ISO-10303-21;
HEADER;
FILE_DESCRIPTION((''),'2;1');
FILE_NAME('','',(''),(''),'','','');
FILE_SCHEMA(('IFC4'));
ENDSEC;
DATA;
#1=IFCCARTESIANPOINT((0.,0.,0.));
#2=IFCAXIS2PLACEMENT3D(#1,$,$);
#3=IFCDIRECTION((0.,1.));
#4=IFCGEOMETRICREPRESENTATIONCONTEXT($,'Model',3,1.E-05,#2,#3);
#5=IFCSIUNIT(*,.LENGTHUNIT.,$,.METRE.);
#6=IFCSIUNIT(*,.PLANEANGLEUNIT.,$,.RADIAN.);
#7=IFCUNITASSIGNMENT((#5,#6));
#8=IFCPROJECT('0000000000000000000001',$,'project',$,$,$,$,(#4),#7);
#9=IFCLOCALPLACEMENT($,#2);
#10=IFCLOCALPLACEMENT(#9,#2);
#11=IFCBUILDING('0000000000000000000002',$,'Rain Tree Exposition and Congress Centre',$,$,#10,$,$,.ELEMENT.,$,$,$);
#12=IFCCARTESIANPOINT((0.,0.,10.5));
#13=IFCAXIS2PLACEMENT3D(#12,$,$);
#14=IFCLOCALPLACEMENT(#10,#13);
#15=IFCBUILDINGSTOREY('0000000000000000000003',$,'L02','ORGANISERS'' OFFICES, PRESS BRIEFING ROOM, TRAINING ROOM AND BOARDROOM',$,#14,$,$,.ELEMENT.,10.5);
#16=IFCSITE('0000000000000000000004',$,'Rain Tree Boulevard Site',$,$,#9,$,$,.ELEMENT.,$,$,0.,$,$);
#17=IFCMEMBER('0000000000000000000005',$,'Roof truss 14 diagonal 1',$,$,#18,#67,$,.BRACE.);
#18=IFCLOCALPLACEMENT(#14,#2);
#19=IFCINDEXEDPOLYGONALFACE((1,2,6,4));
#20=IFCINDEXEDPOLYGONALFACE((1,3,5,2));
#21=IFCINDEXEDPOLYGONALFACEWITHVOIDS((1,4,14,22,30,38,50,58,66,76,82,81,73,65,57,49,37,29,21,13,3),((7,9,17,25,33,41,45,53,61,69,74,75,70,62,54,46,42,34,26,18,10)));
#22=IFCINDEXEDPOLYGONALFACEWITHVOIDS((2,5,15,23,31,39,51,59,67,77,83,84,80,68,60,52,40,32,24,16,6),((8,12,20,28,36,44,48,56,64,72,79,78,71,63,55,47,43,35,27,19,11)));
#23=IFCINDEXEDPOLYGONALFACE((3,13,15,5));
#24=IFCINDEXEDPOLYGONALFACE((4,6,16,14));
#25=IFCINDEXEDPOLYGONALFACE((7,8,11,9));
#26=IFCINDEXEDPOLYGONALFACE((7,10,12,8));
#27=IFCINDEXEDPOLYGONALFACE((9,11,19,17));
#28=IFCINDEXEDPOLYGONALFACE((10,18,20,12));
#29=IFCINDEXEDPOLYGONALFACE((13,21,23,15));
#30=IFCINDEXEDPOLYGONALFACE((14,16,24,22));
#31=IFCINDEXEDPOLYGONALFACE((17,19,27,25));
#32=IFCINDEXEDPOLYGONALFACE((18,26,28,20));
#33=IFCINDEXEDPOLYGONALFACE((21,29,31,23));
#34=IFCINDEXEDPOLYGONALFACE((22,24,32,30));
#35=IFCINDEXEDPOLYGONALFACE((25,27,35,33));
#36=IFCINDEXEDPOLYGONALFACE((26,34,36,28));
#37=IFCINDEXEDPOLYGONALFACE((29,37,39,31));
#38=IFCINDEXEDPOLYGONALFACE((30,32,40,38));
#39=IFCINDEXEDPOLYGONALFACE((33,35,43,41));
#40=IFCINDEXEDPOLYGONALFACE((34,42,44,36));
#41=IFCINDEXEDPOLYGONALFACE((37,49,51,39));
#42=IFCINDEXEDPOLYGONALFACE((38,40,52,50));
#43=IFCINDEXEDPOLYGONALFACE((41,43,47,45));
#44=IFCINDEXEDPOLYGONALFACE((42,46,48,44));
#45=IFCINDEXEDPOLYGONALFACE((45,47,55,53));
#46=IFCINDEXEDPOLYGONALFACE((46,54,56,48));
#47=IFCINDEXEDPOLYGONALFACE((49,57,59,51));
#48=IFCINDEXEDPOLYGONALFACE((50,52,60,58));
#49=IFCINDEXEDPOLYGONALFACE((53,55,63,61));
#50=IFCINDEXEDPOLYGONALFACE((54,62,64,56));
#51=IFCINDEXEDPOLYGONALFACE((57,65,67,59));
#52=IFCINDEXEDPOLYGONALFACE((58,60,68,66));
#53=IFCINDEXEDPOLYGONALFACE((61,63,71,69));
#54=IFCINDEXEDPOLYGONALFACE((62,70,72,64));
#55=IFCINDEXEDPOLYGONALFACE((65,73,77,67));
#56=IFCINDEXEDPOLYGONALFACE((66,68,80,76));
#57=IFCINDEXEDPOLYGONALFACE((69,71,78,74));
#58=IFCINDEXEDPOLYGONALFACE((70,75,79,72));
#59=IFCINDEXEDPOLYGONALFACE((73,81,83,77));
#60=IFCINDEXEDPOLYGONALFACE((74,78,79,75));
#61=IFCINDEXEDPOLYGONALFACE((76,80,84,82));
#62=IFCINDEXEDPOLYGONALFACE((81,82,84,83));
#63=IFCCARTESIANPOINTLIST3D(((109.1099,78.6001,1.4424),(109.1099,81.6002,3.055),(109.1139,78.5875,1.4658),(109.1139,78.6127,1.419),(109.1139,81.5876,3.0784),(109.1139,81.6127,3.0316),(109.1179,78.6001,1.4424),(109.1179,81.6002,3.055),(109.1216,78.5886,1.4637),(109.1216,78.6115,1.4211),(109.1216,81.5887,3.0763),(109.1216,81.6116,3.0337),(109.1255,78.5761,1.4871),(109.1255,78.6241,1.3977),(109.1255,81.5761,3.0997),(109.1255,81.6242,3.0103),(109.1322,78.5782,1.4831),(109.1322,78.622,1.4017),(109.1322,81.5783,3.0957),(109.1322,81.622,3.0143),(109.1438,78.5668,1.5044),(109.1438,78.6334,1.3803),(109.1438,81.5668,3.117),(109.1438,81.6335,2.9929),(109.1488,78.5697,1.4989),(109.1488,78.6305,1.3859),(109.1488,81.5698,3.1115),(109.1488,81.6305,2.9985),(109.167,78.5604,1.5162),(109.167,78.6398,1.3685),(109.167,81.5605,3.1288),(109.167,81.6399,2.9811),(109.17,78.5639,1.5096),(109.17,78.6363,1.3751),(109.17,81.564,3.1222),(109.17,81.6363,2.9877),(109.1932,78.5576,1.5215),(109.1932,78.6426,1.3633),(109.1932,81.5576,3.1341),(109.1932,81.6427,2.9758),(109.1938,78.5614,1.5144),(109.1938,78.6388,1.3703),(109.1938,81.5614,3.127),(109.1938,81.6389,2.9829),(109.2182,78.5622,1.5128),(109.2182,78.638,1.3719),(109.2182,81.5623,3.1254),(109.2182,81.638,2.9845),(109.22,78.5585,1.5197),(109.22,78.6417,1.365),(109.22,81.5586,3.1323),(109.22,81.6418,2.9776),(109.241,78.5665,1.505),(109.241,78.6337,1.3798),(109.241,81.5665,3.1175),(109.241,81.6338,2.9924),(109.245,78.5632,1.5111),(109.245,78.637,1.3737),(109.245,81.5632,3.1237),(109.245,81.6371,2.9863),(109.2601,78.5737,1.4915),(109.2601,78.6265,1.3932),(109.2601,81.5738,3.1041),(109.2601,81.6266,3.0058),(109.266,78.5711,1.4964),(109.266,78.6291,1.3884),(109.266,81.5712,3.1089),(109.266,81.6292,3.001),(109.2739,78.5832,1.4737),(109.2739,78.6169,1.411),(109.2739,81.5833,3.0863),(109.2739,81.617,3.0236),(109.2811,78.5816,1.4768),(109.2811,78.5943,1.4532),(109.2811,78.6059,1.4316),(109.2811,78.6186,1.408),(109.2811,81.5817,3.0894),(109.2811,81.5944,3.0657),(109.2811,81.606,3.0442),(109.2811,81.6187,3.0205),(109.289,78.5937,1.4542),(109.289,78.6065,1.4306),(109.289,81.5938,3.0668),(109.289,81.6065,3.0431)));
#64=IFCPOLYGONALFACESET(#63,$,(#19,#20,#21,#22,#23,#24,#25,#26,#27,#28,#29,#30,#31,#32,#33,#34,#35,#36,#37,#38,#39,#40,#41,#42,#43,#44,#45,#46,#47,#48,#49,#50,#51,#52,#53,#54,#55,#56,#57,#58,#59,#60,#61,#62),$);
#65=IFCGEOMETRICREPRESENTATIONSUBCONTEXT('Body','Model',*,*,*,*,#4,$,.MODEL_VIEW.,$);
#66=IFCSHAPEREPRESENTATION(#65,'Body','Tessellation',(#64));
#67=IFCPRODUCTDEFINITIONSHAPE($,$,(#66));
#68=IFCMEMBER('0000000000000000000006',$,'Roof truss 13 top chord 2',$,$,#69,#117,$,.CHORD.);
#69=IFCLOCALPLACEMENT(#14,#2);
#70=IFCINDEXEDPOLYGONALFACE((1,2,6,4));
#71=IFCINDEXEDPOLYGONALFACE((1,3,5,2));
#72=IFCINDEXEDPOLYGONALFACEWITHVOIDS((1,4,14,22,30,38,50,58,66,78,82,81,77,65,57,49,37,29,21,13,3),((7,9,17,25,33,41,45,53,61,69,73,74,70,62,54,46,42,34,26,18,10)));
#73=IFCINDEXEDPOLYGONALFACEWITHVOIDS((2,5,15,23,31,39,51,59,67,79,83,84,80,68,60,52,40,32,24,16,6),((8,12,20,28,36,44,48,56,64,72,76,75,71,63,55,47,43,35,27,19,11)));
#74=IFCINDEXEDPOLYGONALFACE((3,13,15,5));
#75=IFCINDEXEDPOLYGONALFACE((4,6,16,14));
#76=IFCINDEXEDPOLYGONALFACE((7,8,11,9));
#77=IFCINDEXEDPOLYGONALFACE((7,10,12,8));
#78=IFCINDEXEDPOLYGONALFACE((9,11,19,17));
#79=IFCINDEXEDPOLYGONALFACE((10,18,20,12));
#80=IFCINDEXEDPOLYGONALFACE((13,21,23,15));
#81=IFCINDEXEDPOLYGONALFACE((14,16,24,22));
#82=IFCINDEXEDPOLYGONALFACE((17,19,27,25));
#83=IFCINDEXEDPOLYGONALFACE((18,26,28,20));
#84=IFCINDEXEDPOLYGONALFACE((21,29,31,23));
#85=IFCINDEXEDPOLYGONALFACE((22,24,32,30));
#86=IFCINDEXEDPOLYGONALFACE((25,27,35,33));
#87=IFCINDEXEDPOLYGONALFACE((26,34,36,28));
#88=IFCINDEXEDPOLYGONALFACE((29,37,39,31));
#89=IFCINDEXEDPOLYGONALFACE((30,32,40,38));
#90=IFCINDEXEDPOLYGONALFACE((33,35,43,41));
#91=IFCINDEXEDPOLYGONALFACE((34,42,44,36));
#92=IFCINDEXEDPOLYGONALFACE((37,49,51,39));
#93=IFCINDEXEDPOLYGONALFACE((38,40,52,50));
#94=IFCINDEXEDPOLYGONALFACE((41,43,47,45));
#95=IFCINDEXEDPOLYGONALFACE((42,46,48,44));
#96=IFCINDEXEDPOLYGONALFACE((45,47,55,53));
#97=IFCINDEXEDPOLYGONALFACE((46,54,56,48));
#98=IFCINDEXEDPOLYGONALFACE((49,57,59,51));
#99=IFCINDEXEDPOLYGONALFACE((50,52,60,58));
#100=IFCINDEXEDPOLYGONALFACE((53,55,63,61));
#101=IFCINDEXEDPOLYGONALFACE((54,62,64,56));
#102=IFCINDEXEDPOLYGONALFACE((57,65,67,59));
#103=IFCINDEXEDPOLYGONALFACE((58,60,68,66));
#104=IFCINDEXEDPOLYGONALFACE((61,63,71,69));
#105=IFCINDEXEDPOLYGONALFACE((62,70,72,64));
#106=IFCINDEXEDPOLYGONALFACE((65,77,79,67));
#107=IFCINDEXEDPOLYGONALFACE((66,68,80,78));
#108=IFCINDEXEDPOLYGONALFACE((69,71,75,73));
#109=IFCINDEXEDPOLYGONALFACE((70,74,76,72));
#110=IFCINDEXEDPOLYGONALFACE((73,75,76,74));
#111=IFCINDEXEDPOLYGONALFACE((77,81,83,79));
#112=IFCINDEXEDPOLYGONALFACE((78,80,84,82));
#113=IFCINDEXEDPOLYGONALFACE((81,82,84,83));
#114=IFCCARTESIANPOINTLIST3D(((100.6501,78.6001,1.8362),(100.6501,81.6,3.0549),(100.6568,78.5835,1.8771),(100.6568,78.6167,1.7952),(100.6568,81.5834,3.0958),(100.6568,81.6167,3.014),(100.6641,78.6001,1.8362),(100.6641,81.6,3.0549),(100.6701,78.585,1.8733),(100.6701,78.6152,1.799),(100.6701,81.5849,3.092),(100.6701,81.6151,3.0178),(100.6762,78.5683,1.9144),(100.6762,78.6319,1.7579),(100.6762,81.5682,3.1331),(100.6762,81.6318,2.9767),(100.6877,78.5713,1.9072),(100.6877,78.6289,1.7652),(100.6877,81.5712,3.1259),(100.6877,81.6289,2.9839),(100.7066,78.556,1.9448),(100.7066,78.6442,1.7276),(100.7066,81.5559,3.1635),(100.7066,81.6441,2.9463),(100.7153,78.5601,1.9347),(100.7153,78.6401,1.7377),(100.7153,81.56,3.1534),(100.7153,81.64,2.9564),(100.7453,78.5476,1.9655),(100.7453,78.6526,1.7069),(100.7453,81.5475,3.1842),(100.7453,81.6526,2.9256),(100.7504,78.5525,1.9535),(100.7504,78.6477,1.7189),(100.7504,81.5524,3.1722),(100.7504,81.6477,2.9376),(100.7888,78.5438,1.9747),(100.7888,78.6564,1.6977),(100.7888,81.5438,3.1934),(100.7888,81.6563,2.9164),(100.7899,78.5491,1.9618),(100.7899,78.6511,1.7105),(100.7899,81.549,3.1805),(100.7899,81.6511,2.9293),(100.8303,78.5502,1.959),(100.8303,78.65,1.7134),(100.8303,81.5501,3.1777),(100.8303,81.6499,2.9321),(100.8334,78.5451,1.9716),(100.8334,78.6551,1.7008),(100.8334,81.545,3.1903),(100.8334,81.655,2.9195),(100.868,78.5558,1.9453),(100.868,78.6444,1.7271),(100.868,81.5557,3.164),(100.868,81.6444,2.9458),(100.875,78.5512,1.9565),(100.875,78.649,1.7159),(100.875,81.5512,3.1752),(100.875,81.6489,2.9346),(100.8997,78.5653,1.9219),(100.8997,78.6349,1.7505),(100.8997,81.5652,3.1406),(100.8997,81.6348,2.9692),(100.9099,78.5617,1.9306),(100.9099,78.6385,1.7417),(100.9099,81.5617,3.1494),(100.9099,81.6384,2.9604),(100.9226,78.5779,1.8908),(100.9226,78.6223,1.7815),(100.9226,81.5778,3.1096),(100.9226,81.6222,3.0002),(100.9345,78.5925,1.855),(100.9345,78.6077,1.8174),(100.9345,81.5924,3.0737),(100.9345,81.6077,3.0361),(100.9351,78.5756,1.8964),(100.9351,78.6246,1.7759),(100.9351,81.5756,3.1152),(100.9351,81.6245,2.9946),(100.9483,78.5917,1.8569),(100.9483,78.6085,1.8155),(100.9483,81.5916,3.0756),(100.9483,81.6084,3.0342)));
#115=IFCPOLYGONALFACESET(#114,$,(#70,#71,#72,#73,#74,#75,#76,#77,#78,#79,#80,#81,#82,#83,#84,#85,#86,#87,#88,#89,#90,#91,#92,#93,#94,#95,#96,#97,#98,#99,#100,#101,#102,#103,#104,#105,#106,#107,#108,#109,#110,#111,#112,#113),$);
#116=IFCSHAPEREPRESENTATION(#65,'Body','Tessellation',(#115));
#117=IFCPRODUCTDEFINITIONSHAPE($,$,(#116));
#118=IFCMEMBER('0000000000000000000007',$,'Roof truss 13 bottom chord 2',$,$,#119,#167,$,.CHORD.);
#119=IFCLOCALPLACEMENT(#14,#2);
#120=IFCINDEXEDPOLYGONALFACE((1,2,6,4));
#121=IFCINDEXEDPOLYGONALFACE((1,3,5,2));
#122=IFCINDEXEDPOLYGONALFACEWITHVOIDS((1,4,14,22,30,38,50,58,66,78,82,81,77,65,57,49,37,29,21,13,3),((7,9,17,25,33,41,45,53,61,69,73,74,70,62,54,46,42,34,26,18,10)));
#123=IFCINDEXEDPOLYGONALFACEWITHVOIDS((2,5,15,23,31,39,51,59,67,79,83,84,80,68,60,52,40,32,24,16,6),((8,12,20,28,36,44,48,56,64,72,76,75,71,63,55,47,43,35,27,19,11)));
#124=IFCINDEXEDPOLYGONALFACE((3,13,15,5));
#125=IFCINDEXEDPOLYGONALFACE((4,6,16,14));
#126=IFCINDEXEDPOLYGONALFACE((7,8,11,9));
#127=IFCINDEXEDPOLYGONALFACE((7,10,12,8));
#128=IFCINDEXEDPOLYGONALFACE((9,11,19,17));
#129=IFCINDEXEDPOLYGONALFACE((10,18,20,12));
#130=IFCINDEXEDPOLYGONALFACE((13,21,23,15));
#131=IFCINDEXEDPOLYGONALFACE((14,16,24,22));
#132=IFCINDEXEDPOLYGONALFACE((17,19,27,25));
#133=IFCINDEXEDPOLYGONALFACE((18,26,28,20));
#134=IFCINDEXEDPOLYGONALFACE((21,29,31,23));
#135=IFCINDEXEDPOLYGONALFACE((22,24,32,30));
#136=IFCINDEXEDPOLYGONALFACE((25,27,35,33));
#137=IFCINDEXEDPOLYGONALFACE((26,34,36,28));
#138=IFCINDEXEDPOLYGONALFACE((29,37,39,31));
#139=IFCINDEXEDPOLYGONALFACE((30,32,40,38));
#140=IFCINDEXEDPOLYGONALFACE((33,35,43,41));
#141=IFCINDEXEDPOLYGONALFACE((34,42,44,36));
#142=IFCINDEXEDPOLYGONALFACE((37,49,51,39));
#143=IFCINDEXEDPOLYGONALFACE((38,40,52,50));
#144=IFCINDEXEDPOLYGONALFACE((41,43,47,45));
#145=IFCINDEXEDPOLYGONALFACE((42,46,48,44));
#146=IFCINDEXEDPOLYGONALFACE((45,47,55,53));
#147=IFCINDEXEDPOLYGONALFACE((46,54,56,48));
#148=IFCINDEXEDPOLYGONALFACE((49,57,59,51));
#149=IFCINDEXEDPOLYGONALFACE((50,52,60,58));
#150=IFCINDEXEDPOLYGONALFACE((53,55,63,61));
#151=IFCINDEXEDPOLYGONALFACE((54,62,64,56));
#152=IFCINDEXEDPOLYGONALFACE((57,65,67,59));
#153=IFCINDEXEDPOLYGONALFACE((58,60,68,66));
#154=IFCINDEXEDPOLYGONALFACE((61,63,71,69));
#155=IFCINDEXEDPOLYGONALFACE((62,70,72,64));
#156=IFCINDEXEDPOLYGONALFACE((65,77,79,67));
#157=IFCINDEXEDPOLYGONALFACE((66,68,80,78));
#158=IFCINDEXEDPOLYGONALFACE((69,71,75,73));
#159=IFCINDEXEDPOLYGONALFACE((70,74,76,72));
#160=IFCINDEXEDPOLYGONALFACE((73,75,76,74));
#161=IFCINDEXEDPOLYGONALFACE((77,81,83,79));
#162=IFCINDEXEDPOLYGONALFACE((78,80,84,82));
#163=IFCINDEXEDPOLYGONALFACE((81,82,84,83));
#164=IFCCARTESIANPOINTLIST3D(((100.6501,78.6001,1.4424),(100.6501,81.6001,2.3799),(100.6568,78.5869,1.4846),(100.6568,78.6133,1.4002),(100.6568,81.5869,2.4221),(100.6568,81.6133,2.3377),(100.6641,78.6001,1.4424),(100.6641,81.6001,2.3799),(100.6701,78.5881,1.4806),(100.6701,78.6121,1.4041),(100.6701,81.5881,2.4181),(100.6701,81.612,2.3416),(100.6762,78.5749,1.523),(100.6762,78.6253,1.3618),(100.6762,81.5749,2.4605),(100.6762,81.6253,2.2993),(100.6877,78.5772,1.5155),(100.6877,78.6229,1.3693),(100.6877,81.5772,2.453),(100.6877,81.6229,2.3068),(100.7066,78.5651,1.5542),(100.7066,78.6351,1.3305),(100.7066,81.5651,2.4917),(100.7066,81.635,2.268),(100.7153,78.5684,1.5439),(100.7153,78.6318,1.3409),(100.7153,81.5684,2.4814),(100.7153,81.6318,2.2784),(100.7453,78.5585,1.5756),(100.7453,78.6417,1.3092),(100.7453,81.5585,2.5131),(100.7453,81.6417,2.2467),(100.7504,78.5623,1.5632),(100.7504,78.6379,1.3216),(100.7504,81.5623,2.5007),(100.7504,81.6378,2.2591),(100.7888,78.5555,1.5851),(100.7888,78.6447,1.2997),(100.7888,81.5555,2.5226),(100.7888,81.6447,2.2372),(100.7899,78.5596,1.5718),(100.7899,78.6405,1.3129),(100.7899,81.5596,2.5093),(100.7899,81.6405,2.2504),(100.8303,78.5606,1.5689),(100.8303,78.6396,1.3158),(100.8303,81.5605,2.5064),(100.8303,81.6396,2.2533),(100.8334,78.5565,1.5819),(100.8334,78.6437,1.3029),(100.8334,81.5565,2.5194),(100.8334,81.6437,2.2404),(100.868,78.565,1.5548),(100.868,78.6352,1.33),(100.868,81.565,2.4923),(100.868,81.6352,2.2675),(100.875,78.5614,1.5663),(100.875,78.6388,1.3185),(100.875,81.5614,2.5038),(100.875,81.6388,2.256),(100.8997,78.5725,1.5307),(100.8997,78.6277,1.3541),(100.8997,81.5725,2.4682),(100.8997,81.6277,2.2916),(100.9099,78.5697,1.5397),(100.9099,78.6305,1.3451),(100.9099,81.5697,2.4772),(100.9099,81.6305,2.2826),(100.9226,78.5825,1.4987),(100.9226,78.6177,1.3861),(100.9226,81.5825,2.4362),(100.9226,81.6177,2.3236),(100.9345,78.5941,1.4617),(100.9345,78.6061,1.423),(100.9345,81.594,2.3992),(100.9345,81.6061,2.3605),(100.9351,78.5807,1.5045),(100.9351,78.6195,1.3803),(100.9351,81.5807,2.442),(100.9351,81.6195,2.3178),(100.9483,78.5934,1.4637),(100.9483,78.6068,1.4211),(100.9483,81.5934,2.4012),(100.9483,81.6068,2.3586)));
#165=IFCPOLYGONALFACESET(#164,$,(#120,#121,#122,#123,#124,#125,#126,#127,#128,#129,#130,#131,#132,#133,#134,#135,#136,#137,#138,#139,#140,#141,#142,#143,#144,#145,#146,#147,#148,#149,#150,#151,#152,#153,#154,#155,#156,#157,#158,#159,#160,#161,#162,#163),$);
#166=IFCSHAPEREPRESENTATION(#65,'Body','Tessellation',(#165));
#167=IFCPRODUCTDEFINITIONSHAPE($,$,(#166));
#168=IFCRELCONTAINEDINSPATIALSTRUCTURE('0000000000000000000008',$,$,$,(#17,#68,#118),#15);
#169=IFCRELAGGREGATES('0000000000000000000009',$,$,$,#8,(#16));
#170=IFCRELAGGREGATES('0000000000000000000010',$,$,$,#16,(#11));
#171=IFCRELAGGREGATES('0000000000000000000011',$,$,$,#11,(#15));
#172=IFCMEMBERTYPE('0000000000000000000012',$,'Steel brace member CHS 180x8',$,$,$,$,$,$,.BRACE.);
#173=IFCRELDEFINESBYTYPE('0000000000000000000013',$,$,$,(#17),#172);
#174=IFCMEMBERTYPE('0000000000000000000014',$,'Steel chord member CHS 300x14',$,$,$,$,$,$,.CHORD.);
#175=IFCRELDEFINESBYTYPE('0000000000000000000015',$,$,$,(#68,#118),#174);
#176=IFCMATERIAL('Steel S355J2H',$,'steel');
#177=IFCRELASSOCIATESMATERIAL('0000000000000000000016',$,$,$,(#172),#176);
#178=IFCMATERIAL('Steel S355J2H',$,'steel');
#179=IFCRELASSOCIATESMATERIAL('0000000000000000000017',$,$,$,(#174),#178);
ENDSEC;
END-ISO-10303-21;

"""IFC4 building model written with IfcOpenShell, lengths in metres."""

from ifc_helpers import new_model, si_unit, direction, frame, origin, origin_2d, place, context, subcontext, project, spatial, hollow_circle, extrude, material, material_profile, profile_set, type_object, element, save


model = new_model("IFC4")

# Units and contexts
model_context = context("Model", 3, precision=1e-05, world=origin(), true_north=direction((0.0, 1.0)))
body_context = subcontext(model_context, "Body", "Model", "MODEL_VIEW")
ifc_project = project(units=[si_unit("LENGTHUNIT", "METRE"), si_unit("PLANEANGLEUNIT", "RADIAN")], contexts=[model_context])

# Site, building, storey
site_placement = place(None, origin())
site = spatial("IfcSite", under=ifc_project, at=site_placement, Name="Rain Tree Boulevard Site", CompositionType="ELEMENT", RefElevation=0.0)
building_placement = place(site_placement, origin())
building = spatial("IfcBuilding", under=site, at=building_placement, Name="Rain Tree Exposition and Congress Centre", CompositionType="ELEMENT")
storey_placement = place(building_placement, frame((0.0, 0.0, 10.5)))
storey = spatial("IfcBuildingStorey", under=building, at=storey_placement, Name="L02", Description="ORGANISERS' OFFICES, PRESS BRIEFING ROOM, TRAINING ROOM AND BOARDROOM", CompositionType="ELEMENT", Elevation=10.5)

# Members
ifc_material_1 = material(Name="Steel S355J2H", Category="steel")
ifc_material_profile_1 = material_profile(ifc_material_1, hollow_circle(Radius=0.0901, WallThickness=0.0081, at=origin_2d()), Name="CHS 180x8")
ifc_profile_set_1 = profile_set([ifc_material_profile_1], Name="Steel S355J2H")
member_type_1 = type_object("IfcMemberType", Name="Steel brace member CHS 180x8", PredefinedType="BRACE", material=ifc_profile_set_1)
member_1_placement = place(storey_placement, frame((109.2, 78.6001, 1.4424), z_axis=(0.0, 0.880818, 0.473454), x_axis=(-1.0, 0.0, 0.0)))
element("IfcMember", 1, at=member_1_placement, inside=storey, type_object=member_type_1, Name="Roof truss 14 diagonal 1", PredefinedType="BRACE", context=body_context, shape_type="SweptSolid", body=[
    extrude(hollow_circle(Radius=0.0901, WallThickness=0.0081, at=origin_2d()), origin(), (0.0, 0.0, 1.0), 3.406),
])
ifc_material_2 = material(Name="Steel S355J2H", Category="steel")
ifc_material_profile_2 = material_profile(ifc_material_2, hollow_circle(Radius=0.1499, WallThickness=0.0139, at=origin_2d()), Name="CHS 300x14")
ifc_profile_set_2 = profile_set([ifc_material_profile_2], Name="Steel S355J2H")
member_type_2 = type_object("IfcMemberType", Name="Steel chord member CHS 300x14", PredefinedType="CHORD", material=ifc_profile_set_2)
member_2_placement = place(storey_placement, frame((100.8, 78.6001, 1.8362), z_axis=(0.0, 0.926467, 0.376377), x_axis=(-1.0, 0.0, 0.0)))
element("IfcMember", 2, at=member_2_placement, inside=storey, type_object=member_type_2, Name="Roof truss 13 top chord 2", PredefinedType="CHORD", context=body_context, shape_type="SweptSolid", body=[
    extrude(hollow_circle(Radius=0.1499, WallThickness=0.0139, at=origin_2d()), origin(), (0.0, 0.0, 1.0), 3.238),
])
member_3_placement = place(storey_placement, frame((100.8, 78.6001, 1.4424), z_axis=(0.0, 0.95448, 0.298275), x_axis=(-1.0, 0.0, 0.0)))
element("IfcMember", 3, at=member_3_placement, inside=storey, type_object=member_type_2, Name="Roof truss 13 bottom chord 2", PredefinedType="CHORD", context=body_context, shape_type="SweptSolid", body=[
    extrude(hollow_circle(Radius=0.1499, WallThickness=0.0139, at=origin_2d()), origin(), (0.0, 0.0, 1.0), 3.1431),
])

save(model, "model.ifc")
